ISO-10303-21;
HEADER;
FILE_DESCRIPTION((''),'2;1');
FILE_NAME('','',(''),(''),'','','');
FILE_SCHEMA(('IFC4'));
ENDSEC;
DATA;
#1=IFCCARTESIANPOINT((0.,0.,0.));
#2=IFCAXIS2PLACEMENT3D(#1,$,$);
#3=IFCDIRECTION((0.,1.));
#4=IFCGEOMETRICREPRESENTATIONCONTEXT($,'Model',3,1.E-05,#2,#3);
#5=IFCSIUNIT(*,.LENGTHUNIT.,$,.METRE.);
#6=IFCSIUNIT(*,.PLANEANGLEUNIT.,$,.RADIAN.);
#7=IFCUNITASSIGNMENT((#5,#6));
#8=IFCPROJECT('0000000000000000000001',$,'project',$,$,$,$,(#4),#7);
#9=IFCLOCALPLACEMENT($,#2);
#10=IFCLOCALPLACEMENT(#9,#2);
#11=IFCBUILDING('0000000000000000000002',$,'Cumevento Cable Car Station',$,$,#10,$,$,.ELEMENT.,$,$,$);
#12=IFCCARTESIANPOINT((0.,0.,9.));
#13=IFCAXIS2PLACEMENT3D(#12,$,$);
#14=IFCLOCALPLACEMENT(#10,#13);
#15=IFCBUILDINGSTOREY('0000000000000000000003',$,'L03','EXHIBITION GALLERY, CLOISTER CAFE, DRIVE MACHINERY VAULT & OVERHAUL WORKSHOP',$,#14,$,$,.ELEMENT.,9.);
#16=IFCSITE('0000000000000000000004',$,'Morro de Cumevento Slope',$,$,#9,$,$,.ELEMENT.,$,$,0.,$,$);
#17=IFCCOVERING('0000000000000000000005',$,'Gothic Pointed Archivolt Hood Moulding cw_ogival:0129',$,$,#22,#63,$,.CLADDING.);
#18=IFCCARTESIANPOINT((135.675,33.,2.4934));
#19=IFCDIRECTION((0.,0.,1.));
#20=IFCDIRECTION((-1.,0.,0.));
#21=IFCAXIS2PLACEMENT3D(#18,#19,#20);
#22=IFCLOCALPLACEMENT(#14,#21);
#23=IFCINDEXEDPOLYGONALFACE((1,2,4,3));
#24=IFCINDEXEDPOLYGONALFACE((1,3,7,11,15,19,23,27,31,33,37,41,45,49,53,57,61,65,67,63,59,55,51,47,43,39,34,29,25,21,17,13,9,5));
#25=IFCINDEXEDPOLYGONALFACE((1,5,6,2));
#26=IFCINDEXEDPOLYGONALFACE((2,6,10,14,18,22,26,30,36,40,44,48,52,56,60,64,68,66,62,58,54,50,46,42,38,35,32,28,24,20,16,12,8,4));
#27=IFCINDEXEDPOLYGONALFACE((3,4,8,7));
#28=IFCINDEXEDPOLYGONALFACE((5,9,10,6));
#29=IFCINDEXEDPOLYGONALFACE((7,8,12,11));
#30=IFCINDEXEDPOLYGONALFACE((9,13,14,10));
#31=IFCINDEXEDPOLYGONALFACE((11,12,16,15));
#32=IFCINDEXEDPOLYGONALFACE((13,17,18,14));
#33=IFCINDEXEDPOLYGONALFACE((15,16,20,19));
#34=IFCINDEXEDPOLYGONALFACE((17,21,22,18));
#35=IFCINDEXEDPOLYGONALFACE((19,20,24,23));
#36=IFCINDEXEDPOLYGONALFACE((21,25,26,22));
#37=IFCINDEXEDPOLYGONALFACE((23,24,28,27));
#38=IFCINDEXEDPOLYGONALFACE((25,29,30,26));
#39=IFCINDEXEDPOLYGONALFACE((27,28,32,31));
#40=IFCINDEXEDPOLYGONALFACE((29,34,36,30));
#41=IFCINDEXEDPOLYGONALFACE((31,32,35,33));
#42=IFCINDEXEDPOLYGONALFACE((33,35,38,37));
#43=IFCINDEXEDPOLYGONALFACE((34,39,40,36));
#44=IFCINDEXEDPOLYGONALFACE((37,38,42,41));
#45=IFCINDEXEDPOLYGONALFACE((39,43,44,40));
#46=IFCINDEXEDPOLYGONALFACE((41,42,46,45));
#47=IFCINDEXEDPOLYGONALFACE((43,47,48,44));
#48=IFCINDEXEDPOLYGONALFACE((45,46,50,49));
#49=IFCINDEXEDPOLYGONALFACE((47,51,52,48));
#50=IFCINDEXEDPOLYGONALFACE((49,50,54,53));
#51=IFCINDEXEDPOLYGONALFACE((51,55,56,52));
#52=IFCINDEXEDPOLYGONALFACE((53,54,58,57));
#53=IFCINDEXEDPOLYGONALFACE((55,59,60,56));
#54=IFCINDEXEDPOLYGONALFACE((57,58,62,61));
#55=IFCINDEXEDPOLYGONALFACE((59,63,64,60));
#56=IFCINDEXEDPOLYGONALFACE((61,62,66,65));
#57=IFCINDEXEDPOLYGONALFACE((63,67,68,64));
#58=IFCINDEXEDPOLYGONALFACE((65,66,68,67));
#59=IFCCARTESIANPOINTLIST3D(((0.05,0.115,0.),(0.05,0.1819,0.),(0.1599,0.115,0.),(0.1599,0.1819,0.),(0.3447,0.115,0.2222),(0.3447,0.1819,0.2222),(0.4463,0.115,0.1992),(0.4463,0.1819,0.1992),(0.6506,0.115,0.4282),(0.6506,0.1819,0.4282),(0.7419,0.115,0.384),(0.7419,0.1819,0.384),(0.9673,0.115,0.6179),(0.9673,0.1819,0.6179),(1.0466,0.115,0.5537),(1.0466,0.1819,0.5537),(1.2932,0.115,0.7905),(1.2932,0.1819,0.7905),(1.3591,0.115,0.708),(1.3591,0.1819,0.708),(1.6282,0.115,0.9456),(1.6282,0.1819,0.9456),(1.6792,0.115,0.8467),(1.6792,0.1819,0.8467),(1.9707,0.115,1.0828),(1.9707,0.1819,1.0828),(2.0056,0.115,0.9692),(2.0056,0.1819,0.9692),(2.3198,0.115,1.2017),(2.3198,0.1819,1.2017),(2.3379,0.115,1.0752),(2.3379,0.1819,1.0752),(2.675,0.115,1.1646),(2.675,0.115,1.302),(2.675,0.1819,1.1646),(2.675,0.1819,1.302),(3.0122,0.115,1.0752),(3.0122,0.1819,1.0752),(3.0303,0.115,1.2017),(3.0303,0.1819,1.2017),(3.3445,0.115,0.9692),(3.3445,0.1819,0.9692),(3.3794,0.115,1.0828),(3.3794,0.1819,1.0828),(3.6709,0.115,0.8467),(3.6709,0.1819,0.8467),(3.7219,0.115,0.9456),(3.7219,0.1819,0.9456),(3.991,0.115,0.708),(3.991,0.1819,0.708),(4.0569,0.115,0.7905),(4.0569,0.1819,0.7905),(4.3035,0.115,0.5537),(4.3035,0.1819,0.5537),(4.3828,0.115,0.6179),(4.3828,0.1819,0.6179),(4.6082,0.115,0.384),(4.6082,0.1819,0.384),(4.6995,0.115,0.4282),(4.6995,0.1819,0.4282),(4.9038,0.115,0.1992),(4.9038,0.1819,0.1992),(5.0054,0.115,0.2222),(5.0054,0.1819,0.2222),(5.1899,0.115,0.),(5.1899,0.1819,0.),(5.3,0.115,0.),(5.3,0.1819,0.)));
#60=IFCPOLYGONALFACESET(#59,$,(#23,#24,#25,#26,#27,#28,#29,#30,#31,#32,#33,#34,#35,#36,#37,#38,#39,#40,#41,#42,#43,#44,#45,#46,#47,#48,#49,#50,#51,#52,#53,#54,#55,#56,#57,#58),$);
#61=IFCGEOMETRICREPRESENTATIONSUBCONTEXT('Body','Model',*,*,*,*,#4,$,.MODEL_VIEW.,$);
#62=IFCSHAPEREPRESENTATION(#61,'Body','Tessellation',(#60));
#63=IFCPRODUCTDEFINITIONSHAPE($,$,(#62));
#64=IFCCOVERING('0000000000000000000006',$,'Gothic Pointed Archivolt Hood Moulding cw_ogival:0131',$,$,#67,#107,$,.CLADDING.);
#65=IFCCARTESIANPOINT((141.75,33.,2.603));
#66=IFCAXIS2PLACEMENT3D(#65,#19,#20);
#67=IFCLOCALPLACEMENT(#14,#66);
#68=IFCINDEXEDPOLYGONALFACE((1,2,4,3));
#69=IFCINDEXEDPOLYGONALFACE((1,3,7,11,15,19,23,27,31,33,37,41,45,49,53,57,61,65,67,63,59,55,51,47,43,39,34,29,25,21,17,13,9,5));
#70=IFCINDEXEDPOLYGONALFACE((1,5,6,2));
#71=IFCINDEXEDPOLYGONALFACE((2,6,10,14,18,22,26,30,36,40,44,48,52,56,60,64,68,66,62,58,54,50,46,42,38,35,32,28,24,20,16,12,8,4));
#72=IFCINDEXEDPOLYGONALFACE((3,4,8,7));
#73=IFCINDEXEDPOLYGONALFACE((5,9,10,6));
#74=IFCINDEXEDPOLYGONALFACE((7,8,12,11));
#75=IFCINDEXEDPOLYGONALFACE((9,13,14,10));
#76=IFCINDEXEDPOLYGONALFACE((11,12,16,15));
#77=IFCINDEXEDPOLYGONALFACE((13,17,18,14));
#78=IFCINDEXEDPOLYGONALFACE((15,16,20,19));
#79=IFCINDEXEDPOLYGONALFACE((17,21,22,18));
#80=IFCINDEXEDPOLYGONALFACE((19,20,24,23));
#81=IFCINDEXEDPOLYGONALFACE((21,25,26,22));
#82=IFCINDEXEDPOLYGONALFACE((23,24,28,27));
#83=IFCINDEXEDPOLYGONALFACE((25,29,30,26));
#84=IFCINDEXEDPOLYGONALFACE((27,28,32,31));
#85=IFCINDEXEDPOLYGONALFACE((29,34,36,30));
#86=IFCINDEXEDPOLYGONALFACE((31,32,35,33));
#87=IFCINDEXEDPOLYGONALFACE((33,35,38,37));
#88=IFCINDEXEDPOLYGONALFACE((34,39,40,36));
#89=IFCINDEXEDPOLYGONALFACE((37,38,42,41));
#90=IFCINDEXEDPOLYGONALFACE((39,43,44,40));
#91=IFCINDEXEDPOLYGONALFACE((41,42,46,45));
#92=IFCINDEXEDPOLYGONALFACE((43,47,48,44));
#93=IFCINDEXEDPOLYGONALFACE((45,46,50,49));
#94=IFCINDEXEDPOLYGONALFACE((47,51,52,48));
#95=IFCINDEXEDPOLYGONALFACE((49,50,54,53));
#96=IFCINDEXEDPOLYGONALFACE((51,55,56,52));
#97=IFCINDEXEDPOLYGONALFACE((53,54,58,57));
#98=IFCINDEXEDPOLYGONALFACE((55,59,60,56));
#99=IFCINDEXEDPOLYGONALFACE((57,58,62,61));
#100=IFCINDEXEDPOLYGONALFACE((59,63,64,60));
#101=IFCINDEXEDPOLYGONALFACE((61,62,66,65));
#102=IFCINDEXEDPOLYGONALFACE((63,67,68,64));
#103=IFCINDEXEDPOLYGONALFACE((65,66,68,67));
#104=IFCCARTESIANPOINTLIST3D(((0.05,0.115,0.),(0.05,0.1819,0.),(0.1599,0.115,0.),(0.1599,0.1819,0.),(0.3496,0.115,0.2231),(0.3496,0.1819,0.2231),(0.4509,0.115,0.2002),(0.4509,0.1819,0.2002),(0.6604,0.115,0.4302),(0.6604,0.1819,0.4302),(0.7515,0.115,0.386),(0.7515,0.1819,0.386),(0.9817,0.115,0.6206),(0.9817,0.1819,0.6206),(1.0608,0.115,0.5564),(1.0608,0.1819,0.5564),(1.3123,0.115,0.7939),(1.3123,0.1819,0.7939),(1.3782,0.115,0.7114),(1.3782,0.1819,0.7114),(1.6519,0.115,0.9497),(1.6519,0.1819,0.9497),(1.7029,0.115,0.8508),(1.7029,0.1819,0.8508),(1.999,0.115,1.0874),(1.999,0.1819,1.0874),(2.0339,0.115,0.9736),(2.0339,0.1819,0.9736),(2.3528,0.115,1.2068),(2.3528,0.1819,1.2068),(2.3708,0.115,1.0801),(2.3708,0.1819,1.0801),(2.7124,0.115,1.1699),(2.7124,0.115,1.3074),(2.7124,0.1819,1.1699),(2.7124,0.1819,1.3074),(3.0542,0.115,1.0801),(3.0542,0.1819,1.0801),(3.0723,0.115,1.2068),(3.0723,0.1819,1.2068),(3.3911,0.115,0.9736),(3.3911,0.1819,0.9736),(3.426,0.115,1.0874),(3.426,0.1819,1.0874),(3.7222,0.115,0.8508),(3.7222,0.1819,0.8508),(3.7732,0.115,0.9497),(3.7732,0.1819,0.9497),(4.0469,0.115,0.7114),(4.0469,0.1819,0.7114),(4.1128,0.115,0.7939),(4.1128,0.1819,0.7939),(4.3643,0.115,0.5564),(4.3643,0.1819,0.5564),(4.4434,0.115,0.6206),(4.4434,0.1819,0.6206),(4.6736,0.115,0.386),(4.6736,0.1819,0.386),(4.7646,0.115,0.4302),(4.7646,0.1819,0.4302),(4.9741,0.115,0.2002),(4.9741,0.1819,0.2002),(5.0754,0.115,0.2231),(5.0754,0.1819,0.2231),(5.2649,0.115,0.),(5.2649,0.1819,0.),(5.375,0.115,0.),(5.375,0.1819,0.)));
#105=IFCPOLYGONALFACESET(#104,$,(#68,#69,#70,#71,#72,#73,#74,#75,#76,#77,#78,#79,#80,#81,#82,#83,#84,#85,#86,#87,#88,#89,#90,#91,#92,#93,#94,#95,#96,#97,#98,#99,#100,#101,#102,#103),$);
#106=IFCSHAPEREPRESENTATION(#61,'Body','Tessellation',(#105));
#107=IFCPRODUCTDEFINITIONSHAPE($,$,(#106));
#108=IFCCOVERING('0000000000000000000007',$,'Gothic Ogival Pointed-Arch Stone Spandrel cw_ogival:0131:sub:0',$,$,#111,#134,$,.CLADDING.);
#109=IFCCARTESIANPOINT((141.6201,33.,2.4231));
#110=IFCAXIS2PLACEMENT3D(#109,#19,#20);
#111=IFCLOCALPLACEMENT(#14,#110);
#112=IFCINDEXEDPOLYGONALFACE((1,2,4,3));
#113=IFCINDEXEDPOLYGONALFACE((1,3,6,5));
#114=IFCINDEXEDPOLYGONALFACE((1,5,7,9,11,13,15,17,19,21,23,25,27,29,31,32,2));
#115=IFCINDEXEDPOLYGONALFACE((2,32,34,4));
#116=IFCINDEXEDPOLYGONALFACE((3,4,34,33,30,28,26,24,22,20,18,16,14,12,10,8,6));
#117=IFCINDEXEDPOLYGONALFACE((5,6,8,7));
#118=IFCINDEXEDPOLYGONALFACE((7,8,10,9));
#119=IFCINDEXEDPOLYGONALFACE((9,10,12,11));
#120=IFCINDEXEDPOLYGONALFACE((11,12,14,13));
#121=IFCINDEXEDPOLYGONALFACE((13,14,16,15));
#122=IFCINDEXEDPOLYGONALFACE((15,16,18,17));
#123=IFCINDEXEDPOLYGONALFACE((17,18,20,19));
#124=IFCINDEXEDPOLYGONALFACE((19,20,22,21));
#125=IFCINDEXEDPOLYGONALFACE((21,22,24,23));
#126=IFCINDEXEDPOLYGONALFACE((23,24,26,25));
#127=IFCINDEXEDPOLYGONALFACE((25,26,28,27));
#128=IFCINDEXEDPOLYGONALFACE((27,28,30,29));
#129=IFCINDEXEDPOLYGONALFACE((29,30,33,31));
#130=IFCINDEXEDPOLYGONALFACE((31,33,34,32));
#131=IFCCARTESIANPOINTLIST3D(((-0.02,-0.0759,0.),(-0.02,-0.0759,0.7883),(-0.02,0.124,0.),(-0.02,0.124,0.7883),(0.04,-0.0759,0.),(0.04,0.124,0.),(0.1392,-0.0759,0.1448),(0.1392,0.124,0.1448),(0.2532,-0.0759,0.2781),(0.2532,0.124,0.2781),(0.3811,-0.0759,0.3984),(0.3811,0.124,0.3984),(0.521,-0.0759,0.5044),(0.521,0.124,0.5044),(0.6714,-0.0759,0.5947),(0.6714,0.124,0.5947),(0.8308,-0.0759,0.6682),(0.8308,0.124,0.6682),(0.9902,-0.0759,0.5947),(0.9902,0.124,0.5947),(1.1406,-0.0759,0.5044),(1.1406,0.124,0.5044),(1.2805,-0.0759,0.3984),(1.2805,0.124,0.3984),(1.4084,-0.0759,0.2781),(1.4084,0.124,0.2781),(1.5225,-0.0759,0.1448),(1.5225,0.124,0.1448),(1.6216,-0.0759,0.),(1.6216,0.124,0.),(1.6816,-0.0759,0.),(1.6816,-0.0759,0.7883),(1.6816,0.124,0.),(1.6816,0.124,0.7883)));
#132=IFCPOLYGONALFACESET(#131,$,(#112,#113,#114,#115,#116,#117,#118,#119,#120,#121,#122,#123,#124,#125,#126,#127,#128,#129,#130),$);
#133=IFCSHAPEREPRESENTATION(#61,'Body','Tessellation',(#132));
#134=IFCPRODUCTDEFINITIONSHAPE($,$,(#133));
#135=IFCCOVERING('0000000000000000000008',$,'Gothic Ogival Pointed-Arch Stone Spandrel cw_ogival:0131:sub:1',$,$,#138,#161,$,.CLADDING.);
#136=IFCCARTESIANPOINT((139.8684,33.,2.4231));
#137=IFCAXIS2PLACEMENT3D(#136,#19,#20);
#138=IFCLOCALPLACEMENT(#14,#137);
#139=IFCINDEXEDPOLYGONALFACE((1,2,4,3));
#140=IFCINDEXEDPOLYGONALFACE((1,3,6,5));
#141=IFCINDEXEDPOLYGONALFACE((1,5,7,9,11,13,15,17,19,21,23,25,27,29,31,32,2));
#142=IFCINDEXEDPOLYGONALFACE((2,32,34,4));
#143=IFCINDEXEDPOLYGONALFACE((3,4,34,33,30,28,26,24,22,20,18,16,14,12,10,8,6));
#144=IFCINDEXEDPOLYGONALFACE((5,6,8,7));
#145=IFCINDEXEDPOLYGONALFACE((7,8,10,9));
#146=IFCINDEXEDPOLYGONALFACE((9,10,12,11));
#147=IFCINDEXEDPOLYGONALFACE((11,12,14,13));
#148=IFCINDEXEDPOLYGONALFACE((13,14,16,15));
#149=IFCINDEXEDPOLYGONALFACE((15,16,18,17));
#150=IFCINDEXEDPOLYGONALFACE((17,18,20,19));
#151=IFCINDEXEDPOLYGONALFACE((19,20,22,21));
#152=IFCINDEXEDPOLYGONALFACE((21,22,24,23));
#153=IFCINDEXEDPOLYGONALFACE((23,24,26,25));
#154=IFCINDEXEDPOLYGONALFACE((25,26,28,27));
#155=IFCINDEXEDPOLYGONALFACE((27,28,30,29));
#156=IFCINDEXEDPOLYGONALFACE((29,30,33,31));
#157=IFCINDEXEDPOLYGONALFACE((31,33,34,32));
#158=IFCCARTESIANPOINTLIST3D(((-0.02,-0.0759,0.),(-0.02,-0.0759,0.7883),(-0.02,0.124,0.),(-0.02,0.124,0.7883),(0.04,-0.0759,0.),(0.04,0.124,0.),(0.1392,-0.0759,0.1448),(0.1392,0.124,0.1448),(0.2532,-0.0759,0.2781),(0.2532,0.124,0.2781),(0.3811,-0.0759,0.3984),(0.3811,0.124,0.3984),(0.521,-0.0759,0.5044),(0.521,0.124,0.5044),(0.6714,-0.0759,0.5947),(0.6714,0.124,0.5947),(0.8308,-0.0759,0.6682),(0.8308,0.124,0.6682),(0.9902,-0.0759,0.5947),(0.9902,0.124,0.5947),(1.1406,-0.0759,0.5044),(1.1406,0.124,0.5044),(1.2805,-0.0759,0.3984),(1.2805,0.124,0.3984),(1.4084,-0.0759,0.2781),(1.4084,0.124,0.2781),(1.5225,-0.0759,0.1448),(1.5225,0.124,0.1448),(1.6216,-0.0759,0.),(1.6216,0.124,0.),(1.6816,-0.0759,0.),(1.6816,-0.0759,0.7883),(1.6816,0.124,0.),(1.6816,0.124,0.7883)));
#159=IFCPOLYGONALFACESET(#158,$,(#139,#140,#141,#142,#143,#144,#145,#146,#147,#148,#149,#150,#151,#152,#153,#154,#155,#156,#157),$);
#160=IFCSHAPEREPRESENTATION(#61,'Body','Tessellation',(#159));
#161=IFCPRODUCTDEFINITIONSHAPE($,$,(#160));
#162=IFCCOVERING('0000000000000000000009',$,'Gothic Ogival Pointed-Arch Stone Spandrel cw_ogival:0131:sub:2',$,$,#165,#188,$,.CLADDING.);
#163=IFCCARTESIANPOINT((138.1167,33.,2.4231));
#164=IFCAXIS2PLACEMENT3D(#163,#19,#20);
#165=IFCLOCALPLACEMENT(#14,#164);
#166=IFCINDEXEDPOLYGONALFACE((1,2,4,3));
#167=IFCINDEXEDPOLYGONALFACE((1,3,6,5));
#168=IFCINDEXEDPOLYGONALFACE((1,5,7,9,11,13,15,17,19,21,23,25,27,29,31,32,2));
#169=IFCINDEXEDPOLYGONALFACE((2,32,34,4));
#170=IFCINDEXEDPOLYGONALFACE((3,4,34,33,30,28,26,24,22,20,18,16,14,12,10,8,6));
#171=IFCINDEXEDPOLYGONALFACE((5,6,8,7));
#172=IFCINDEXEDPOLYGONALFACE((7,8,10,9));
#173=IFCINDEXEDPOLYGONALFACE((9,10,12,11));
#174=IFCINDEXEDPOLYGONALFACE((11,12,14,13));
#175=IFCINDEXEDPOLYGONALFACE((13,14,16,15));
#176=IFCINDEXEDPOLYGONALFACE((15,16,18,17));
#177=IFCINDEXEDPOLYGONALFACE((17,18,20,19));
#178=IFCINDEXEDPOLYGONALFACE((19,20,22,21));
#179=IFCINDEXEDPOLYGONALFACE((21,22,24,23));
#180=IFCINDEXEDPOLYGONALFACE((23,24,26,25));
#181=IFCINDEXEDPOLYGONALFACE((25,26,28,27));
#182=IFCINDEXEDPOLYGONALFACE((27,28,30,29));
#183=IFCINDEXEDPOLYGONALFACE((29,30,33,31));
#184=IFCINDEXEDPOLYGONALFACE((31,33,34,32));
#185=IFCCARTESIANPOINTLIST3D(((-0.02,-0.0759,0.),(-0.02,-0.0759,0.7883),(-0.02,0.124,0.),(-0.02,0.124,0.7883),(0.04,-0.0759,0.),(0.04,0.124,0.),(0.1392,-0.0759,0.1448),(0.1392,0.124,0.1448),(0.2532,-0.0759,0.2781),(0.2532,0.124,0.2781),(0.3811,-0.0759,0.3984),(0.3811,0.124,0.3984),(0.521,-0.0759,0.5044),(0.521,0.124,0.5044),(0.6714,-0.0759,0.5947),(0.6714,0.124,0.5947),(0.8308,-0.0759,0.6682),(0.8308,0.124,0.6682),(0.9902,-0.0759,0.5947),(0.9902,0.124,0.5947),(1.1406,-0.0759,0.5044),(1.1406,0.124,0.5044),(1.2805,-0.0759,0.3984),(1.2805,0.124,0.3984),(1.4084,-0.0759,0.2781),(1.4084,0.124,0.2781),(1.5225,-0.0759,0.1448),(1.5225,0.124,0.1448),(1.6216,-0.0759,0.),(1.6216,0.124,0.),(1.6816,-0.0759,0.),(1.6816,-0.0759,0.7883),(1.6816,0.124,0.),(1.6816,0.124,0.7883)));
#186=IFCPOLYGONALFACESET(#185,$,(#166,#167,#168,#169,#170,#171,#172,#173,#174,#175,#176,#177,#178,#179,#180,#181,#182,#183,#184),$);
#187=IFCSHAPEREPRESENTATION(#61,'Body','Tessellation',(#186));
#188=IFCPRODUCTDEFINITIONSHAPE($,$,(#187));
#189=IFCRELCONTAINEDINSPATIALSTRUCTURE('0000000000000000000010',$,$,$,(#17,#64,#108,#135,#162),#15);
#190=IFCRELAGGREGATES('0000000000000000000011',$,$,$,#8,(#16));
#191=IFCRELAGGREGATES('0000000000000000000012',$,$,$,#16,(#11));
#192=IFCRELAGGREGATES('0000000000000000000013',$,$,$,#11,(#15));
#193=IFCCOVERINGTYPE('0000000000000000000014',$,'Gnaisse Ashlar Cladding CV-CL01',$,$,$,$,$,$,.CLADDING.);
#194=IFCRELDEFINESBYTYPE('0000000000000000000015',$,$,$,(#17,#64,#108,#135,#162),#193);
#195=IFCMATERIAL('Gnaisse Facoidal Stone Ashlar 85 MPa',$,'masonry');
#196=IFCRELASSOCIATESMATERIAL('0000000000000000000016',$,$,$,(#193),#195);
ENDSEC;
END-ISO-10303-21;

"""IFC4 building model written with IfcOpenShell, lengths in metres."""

from ifc_helpers import new_model, si_unit, direction, frame, origin, place, context, subcontext, project, spatial, polyline, outline, extrude, material, type_object, element, save


model = new_model("IFC4")

# Units and contexts
model_context = context("Model", 3, precision=1e-05, world=origin(), true_north=direction((0.0, 1.0)))
body_context = subcontext(model_context, "Body", "Model", "MODEL_VIEW")
ifc_project = project(units=[si_unit("LENGTHUNIT", "METRE"), si_unit("PLANEANGLEUNIT", "RADIAN")], contexts=[model_context])

# Site, building, storey
site_placement = place(None, origin())
site = spatial("IfcSite", under=ifc_project, at=site_placement, Name="Morro de Cumevento Slope", CompositionType="ELEMENT", RefElevation=0.0)
building_placement = place(site_placement, origin())
building = spatial("IfcBuilding", under=site, at=building_placement, Name="Cumevento Cable Car Station", CompositionType="ELEMENT")
storey_placement = place(building_placement, frame((0.0, 0.0, 9.0)))
storey = spatial("IfcBuildingStorey", under=building, at=storey_placement, Name="L03", Description="EXHIBITION GALLERY, CLOISTER CAFE, DRIVE MACHINERY VAULT & OVERHAUL WORKSHOP", CompositionType="ELEMENT", Elevation=9.0)

# Coverings
ifc_material_1 = material(Name="Gnaisse Facoidal Stone Ashlar 85 MPa", Category="masonry")
covering_type = type_object("IfcCoveringType", Name="Gnaisse Ashlar Cladding CV-CL01", PredefinedType="CLADDING", material=ifc_material_1)
covering_1_placement = place(storey_placement, frame((135.675, 33.0, 2.4934), z_axis=(0.0, 0.0, 1.0), x_axis=(-1.0, 0.0, 0.0)))
element("IfcCovering", 1, at=covering_1_placement, inside=storey, type_object=covering_type, Name="Gothic Pointed Archivolt Hood Moulding cw_ogival:0129", PredefinedType="CLADDING", context=body_context, shape_type="SweptSolid", body=[
    extrude(outline(polyline([(0.1599, 0.0), (0.4463, 0.1992), (0.7419, 0.384), (1.0466, 0.5537), (1.3591, 0.708), (1.6792, 0.8467), (2.0056, 0.9692), (2.3379, 1.0752), (2.675, 1.1646), (3.0122, 1.0752), (3.3445, 0.9692), (3.6709, 0.8467), (3.991, 0.708), (4.3035, 0.5537), (4.6082, 0.384), (4.9038, 0.1992), (5.1899, 0.0), (5.3, 0.0), (5.0054, 0.2222), (4.6995, 0.4282), (4.3828, 0.6179), (4.0569, 0.7905), (3.7219, 0.9456), (3.3794, 1.0828), (3.0303, 1.2017), (2.675, 1.302), (2.3198, 1.2017), (1.9707, 1.0828), (1.6282, 0.9456), (1.2932, 0.7905), (0.9673, 0.6179), (0.6506, 0.4282), (0.3447, 0.2222), (0.05, 0.0), (0.1599, 0.0)])), frame((0.0, 0.1819, 0.0), z_axis=(0.0, -1.0, 0.0), x_axis=(1.0, 0.0, 0.0)), (0.0, 0.0, 1.0), 0.0669),
])
covering_2_placement = place(storey_placement, frame((141.75, 33.0, 2.603), z_axis=(0.0, 0.0, 1.0), x_axis=(-1.0, 0.0, 0.0)))
element("IfcCovering", 2, at=covering_2_placement, inside=storey, type_object=covering_type, Name="Gothic Pointed Archivolt Hood Moulding cw_ogival:0131", PredefinedType="CLADDING", context=body_context, shape_type="SweptSolid", body=[
    extrude(outline(polyline([(0.1599, 0.0), (0.4509, 0.2002), (0.7515, 0.386), (1.0608, 0.5564), (1.3782, 0.7114), (1.7029, 0.8508), (2.0339, 0.9736), (2.3708, 1.0801), (2.7124, 1.1699), (3.0542, 1.0801), (3.3911, 0.9736), (3.7222, 0.8508), (4.0469, 0.7114), (4.3643, 0.5564), (4.6736, 0.386), (4.9741, 0.2002), (5.2649, 0.0), (5.375, 0.0), (5.0754, 0.2231), (4.7646, 0.4302), (4.4434, 0.6206), (4.1128, 0.7939), (3.7732, 0.9497), (3.426, 1.0874), (3.0723, 1.2068), (2.7124, 1.3074), (2.3528, 1.2068), (1.999, 1.0874), (1.6519, 0.9497), (1.3123, 0.7939), (0.9817, 0.6206), (0.6604, 0.4302), (0.3496, 0.2231), (0.05, 0.0), (0.1599, 0.0)])), frame((0.0, 0.1819, 0.0), z_axis=(0.0, -1.0, 0.0), x_axis=(1.0, 0.0, 0.0)), (0.0, 0.0, 1.0), 0.0669),
])
for number, where, z_axis, x_axis, name in (
    (3, (141.6201, 33.0, 2.4231), (0.0, 0.0, 1.0), (-1.0, 0.0, 0.0), "Gothic Ogival Pointed-Arch Stone Spandrel cw_ogival:0131:sub:0"),
    (4, (139.8684, 33.0, 2.4231), (0.0, 0.0, 1.0), (-1.0, 0.0, 0.0), "Gothic Ogival Pointed-Arch Stone Spandrel cw_ogival:0131:sub:1"),
    (5, (138.1167, 33.0, 2.4231), (0.0, 0.0, 1.0), (-1.0, 0.0, 0.0), "Gothic Ogival Pointed-Arch Stone Spandrel cw_ogival:0131:sub:2"),
):
    element("IfcCovering", number, at=place(storey_placement, frame(where, z_axis=z_axis, x_axis=x_axis)), inside=storey, type_object=covering_type, Name=name, PredefinedType="CLADDING", context=body_context, shape_type="SweptSolid", body=[
        extrude(outline(polyline([(-0.02, 0.0), (-0.02, 0.7883), (1.6816, 0.7883), (1.6816, 0.0), (1.6216, 0.0), (1.5225, 0.1448), (1.4084, 0.2781), (1.2805, 0.3984), (1.1406, 0.5044), (0.9902, 0.5947), (0.8308, 0.6682), (0.6714, 0.5947), (0.521, 0.5044), (0.3811, 0.3984), (0.2532, 0.2781), (0.1392, 0.1448), (0.04, 0.0), (-0.02, 0.0)])), frame((0.0, 0.124, 0.0), z_axis=(0.0, -1.0, 0.0), x_axis=(1.0, 0.0, 0.0)), (0.0, 0.0, 1.0), 0.2),
    ])

save(model, "model.ifc")
